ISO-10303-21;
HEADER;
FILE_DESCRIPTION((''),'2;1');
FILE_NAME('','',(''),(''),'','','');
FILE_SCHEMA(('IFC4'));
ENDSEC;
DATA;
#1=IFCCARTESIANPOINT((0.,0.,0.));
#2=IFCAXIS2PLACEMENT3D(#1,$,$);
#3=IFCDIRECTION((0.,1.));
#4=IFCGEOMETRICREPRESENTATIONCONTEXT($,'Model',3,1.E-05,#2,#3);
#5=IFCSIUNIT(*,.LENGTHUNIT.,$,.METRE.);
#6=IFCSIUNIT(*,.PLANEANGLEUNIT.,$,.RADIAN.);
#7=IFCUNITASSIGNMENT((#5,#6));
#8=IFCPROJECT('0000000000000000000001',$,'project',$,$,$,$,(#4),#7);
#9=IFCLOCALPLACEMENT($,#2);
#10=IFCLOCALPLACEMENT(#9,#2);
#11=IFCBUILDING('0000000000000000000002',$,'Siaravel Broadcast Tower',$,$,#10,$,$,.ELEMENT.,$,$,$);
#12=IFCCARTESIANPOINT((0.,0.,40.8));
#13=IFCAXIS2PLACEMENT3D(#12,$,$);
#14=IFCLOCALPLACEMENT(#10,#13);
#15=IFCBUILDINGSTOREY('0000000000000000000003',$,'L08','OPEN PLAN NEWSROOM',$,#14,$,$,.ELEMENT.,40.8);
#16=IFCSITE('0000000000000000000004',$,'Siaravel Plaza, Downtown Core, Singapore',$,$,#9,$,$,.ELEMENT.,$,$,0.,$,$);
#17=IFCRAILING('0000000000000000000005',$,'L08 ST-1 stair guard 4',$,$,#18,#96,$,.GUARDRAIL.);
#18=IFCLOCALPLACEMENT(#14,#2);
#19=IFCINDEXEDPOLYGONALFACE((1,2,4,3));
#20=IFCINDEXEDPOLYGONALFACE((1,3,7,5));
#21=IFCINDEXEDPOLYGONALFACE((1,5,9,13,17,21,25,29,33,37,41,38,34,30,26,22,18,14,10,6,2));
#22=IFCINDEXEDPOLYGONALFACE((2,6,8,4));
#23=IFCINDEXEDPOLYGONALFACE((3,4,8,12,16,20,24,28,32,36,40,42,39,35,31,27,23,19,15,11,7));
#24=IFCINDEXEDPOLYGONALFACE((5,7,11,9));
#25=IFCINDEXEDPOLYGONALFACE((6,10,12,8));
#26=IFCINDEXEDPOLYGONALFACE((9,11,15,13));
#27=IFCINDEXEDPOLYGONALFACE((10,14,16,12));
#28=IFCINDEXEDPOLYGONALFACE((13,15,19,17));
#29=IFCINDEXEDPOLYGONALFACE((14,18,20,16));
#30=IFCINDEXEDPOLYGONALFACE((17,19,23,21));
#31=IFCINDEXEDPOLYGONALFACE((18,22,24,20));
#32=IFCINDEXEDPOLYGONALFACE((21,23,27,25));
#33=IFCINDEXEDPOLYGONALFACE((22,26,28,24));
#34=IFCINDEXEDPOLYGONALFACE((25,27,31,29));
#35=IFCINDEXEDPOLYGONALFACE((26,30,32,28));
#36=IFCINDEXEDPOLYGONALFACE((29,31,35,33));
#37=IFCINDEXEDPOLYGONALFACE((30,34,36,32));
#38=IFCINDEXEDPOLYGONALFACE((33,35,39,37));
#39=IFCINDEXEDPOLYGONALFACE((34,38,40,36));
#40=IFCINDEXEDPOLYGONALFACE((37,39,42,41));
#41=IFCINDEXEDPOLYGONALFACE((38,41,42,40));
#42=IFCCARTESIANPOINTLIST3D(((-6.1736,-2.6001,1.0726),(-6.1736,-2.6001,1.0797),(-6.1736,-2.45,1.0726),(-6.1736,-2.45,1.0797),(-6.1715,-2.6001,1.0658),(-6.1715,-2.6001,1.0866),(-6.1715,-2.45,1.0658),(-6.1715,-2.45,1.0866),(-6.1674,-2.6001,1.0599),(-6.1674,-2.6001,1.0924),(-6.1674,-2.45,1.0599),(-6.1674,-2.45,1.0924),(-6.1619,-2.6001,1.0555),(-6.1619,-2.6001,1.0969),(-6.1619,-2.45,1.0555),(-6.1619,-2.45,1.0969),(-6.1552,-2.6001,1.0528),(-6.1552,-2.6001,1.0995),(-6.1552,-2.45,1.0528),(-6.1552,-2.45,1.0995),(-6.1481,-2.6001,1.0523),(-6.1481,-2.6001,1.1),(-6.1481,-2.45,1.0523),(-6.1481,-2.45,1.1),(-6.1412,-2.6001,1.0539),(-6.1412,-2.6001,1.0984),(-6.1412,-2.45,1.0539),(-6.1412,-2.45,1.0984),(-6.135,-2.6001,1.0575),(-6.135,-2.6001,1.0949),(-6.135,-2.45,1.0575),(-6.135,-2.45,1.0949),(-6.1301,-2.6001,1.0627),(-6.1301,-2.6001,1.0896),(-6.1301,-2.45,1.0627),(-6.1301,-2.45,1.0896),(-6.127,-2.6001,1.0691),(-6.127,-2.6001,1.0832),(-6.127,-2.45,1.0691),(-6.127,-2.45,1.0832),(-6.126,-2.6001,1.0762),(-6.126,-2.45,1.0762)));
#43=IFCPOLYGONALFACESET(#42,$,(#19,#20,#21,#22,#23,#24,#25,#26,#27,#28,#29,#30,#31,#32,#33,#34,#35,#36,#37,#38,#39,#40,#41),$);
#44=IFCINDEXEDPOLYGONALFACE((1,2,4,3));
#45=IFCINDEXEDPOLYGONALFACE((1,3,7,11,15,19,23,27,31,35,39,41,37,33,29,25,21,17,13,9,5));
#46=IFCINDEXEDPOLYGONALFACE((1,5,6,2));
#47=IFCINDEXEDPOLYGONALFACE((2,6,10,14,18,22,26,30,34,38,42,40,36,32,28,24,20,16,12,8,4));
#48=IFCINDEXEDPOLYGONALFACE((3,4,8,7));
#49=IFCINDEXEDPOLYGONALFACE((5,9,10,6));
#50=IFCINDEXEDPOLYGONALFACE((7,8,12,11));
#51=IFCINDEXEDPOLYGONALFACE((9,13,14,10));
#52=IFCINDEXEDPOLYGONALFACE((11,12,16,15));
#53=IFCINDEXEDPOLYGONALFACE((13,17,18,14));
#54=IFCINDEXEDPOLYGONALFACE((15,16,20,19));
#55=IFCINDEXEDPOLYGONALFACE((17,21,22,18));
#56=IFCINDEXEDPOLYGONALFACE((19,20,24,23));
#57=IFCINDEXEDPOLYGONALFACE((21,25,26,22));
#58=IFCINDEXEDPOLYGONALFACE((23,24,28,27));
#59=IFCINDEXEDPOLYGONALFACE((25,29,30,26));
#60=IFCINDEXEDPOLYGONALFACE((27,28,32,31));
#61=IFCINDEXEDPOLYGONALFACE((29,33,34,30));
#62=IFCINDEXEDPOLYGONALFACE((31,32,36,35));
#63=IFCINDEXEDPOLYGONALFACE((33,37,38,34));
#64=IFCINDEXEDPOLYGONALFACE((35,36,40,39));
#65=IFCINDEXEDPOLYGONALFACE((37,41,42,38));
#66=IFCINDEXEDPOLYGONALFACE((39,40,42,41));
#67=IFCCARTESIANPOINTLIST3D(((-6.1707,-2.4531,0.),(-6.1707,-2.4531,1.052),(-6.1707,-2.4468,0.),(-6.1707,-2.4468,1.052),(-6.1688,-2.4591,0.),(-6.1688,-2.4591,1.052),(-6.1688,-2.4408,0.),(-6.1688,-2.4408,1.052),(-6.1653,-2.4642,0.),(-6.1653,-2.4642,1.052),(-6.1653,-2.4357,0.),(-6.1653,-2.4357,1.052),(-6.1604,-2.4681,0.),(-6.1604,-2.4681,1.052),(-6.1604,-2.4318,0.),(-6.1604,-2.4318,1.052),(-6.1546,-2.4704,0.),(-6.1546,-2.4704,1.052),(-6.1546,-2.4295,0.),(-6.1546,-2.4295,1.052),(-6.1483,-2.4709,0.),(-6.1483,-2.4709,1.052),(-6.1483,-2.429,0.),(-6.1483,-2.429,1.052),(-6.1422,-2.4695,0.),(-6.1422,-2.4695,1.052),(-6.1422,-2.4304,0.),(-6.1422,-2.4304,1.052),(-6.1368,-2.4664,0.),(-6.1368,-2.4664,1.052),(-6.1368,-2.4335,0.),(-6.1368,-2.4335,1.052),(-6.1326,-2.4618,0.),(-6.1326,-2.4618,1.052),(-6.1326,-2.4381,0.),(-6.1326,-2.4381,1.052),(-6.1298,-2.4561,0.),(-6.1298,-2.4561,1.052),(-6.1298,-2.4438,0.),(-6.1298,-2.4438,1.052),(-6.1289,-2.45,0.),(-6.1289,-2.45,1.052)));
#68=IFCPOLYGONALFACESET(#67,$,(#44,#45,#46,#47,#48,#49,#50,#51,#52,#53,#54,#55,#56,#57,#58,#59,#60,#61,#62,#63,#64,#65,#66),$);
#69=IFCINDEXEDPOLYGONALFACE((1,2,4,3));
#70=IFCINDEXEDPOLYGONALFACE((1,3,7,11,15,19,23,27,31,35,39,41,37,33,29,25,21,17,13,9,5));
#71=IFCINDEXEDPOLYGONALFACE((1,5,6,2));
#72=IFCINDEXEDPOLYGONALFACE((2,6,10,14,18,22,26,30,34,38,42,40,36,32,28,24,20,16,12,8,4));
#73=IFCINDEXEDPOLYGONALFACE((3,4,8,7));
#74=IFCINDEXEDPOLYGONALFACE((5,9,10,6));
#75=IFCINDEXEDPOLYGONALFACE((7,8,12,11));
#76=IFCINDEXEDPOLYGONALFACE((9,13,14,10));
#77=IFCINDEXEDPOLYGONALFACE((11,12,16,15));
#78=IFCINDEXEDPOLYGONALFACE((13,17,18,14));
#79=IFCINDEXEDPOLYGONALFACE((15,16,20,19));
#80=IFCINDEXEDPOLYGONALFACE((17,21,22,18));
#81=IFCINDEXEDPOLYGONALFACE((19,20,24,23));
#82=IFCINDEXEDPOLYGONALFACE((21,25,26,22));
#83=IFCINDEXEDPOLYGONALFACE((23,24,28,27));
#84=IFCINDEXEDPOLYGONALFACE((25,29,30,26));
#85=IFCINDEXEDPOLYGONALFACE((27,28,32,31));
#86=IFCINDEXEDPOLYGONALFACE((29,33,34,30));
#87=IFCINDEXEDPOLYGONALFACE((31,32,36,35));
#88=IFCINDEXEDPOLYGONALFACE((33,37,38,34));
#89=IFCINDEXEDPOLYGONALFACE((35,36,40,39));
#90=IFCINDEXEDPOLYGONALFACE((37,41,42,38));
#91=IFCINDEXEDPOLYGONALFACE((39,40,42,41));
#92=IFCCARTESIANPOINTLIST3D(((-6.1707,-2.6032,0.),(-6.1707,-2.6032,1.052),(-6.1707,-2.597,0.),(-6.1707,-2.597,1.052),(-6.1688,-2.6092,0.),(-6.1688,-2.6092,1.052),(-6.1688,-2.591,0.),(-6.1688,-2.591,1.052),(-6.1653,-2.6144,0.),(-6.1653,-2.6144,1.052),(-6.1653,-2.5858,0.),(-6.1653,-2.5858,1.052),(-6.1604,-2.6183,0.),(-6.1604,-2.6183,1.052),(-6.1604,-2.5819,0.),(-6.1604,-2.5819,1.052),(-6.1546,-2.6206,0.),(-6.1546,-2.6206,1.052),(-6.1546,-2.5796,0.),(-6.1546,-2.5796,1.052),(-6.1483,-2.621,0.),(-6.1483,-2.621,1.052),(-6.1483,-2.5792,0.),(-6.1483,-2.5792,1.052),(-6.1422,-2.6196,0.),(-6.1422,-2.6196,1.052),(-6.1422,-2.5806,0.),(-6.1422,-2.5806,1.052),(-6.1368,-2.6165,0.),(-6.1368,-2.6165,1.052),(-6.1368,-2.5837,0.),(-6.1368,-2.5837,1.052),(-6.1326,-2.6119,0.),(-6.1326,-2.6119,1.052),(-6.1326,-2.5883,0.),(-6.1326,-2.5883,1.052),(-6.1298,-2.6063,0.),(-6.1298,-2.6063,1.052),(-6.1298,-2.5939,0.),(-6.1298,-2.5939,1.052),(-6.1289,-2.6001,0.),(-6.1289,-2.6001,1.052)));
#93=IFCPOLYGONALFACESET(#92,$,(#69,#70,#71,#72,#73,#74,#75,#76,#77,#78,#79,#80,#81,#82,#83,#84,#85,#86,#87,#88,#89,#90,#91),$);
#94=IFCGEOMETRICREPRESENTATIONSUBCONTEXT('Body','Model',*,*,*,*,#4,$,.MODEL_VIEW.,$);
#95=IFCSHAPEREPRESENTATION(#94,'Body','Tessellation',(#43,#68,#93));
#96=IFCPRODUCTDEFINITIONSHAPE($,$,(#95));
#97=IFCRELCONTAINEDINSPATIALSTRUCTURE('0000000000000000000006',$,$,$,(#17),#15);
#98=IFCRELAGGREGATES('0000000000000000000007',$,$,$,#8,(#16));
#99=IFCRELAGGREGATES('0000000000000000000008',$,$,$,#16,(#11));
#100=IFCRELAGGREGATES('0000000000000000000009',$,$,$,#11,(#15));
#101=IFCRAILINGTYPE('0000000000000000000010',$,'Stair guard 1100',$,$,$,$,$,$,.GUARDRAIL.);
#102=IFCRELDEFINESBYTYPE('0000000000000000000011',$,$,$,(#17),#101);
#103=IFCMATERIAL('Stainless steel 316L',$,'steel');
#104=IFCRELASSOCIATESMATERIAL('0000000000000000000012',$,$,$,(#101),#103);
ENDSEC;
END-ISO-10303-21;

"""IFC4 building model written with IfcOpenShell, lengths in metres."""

from ifc_helpers import new_model, si_unit, direction, frame, origin, origin_2d, place, context, subcontext, project, spatial, circle, extrude, material, type_object, element, save


model = new_model("IFC4")

# Units and contexts
model_context = context("Model", 3, precision=1e-05, world=origin(), true_north=direction((0.0, 1.0)))
body_context = subcontext(model_context, "Body", "Model", "MODEL_VIEW")
ifc_project = project(units=[si_unit("LENGTHUNIT", "METRE"), si_unit("PLANEANGLEUNIT", "RADIAN")], contexts=[model_context])

# Site, building, storey
site_placement = place(None, origin())
site = spatial("IfcSite", under=ifc_project, at=site_placement, Name="Siaravel Plaza, Downtown Core, Singapore", CompositionType="ELEMENT", RefElevation=0.0)
building_placement = place(site_placement, origin())
building = spatial("IfcBuilding", under=site, at=building_placement, Name="Siaravel Broadcast Tower", CompositionType="ELEMENT")
storey_placement = place(building_placement, frame((0.0, 0.0, 40.8)))
storey = spatial("IfcBuildingStorey", under=building, at=storey_placement, Name="L08", Description="OPEN PLAN NEWSROOM", CompositionType="ELEMENT", Elevation=40.8)

# Railing
ifc_material_1 = material(Name="Stainless steel 316L", Category="steel")
railing_type_1 = type_object("IfcRailingType", Name="Stair guard 1100", PredefinedType="GUARDRAIL", material=ifc_material_1)
railing_1_placement = place(storey_placement, frame((-6.1499, -2.45, 0.0)))
element("IfcRailing", 1, at=railing_1_placement, inside=storey, type_object=railing_type_1, Name="L08 ST-1 stair guard 4", PredefinedType="GUARDRAIL", context=body_context, shape_type="SweptSolid", body=[
    extrude(circle(Radius=0.0239, at=origin_2d()), frame((0.0, 0.0, 1.0762), z_axis=(0.0, -1.0, 0.0), x_axis=(1.0, 0.0, 0.0)), (0.0, 0.0, 1.0), 0.1501),
    extrude(circle(Radius=0.021, at=origin_2d()), origin(), (0.0, 0.0, 1.0), 1.052),
    extrude(circle(Radius=0.021, at=origin_2d()), frame((0.0, -0.1501, 0.0)), (0.0, 0.0, 1.0), 1.052),
])

save(model, "model.ifc")
